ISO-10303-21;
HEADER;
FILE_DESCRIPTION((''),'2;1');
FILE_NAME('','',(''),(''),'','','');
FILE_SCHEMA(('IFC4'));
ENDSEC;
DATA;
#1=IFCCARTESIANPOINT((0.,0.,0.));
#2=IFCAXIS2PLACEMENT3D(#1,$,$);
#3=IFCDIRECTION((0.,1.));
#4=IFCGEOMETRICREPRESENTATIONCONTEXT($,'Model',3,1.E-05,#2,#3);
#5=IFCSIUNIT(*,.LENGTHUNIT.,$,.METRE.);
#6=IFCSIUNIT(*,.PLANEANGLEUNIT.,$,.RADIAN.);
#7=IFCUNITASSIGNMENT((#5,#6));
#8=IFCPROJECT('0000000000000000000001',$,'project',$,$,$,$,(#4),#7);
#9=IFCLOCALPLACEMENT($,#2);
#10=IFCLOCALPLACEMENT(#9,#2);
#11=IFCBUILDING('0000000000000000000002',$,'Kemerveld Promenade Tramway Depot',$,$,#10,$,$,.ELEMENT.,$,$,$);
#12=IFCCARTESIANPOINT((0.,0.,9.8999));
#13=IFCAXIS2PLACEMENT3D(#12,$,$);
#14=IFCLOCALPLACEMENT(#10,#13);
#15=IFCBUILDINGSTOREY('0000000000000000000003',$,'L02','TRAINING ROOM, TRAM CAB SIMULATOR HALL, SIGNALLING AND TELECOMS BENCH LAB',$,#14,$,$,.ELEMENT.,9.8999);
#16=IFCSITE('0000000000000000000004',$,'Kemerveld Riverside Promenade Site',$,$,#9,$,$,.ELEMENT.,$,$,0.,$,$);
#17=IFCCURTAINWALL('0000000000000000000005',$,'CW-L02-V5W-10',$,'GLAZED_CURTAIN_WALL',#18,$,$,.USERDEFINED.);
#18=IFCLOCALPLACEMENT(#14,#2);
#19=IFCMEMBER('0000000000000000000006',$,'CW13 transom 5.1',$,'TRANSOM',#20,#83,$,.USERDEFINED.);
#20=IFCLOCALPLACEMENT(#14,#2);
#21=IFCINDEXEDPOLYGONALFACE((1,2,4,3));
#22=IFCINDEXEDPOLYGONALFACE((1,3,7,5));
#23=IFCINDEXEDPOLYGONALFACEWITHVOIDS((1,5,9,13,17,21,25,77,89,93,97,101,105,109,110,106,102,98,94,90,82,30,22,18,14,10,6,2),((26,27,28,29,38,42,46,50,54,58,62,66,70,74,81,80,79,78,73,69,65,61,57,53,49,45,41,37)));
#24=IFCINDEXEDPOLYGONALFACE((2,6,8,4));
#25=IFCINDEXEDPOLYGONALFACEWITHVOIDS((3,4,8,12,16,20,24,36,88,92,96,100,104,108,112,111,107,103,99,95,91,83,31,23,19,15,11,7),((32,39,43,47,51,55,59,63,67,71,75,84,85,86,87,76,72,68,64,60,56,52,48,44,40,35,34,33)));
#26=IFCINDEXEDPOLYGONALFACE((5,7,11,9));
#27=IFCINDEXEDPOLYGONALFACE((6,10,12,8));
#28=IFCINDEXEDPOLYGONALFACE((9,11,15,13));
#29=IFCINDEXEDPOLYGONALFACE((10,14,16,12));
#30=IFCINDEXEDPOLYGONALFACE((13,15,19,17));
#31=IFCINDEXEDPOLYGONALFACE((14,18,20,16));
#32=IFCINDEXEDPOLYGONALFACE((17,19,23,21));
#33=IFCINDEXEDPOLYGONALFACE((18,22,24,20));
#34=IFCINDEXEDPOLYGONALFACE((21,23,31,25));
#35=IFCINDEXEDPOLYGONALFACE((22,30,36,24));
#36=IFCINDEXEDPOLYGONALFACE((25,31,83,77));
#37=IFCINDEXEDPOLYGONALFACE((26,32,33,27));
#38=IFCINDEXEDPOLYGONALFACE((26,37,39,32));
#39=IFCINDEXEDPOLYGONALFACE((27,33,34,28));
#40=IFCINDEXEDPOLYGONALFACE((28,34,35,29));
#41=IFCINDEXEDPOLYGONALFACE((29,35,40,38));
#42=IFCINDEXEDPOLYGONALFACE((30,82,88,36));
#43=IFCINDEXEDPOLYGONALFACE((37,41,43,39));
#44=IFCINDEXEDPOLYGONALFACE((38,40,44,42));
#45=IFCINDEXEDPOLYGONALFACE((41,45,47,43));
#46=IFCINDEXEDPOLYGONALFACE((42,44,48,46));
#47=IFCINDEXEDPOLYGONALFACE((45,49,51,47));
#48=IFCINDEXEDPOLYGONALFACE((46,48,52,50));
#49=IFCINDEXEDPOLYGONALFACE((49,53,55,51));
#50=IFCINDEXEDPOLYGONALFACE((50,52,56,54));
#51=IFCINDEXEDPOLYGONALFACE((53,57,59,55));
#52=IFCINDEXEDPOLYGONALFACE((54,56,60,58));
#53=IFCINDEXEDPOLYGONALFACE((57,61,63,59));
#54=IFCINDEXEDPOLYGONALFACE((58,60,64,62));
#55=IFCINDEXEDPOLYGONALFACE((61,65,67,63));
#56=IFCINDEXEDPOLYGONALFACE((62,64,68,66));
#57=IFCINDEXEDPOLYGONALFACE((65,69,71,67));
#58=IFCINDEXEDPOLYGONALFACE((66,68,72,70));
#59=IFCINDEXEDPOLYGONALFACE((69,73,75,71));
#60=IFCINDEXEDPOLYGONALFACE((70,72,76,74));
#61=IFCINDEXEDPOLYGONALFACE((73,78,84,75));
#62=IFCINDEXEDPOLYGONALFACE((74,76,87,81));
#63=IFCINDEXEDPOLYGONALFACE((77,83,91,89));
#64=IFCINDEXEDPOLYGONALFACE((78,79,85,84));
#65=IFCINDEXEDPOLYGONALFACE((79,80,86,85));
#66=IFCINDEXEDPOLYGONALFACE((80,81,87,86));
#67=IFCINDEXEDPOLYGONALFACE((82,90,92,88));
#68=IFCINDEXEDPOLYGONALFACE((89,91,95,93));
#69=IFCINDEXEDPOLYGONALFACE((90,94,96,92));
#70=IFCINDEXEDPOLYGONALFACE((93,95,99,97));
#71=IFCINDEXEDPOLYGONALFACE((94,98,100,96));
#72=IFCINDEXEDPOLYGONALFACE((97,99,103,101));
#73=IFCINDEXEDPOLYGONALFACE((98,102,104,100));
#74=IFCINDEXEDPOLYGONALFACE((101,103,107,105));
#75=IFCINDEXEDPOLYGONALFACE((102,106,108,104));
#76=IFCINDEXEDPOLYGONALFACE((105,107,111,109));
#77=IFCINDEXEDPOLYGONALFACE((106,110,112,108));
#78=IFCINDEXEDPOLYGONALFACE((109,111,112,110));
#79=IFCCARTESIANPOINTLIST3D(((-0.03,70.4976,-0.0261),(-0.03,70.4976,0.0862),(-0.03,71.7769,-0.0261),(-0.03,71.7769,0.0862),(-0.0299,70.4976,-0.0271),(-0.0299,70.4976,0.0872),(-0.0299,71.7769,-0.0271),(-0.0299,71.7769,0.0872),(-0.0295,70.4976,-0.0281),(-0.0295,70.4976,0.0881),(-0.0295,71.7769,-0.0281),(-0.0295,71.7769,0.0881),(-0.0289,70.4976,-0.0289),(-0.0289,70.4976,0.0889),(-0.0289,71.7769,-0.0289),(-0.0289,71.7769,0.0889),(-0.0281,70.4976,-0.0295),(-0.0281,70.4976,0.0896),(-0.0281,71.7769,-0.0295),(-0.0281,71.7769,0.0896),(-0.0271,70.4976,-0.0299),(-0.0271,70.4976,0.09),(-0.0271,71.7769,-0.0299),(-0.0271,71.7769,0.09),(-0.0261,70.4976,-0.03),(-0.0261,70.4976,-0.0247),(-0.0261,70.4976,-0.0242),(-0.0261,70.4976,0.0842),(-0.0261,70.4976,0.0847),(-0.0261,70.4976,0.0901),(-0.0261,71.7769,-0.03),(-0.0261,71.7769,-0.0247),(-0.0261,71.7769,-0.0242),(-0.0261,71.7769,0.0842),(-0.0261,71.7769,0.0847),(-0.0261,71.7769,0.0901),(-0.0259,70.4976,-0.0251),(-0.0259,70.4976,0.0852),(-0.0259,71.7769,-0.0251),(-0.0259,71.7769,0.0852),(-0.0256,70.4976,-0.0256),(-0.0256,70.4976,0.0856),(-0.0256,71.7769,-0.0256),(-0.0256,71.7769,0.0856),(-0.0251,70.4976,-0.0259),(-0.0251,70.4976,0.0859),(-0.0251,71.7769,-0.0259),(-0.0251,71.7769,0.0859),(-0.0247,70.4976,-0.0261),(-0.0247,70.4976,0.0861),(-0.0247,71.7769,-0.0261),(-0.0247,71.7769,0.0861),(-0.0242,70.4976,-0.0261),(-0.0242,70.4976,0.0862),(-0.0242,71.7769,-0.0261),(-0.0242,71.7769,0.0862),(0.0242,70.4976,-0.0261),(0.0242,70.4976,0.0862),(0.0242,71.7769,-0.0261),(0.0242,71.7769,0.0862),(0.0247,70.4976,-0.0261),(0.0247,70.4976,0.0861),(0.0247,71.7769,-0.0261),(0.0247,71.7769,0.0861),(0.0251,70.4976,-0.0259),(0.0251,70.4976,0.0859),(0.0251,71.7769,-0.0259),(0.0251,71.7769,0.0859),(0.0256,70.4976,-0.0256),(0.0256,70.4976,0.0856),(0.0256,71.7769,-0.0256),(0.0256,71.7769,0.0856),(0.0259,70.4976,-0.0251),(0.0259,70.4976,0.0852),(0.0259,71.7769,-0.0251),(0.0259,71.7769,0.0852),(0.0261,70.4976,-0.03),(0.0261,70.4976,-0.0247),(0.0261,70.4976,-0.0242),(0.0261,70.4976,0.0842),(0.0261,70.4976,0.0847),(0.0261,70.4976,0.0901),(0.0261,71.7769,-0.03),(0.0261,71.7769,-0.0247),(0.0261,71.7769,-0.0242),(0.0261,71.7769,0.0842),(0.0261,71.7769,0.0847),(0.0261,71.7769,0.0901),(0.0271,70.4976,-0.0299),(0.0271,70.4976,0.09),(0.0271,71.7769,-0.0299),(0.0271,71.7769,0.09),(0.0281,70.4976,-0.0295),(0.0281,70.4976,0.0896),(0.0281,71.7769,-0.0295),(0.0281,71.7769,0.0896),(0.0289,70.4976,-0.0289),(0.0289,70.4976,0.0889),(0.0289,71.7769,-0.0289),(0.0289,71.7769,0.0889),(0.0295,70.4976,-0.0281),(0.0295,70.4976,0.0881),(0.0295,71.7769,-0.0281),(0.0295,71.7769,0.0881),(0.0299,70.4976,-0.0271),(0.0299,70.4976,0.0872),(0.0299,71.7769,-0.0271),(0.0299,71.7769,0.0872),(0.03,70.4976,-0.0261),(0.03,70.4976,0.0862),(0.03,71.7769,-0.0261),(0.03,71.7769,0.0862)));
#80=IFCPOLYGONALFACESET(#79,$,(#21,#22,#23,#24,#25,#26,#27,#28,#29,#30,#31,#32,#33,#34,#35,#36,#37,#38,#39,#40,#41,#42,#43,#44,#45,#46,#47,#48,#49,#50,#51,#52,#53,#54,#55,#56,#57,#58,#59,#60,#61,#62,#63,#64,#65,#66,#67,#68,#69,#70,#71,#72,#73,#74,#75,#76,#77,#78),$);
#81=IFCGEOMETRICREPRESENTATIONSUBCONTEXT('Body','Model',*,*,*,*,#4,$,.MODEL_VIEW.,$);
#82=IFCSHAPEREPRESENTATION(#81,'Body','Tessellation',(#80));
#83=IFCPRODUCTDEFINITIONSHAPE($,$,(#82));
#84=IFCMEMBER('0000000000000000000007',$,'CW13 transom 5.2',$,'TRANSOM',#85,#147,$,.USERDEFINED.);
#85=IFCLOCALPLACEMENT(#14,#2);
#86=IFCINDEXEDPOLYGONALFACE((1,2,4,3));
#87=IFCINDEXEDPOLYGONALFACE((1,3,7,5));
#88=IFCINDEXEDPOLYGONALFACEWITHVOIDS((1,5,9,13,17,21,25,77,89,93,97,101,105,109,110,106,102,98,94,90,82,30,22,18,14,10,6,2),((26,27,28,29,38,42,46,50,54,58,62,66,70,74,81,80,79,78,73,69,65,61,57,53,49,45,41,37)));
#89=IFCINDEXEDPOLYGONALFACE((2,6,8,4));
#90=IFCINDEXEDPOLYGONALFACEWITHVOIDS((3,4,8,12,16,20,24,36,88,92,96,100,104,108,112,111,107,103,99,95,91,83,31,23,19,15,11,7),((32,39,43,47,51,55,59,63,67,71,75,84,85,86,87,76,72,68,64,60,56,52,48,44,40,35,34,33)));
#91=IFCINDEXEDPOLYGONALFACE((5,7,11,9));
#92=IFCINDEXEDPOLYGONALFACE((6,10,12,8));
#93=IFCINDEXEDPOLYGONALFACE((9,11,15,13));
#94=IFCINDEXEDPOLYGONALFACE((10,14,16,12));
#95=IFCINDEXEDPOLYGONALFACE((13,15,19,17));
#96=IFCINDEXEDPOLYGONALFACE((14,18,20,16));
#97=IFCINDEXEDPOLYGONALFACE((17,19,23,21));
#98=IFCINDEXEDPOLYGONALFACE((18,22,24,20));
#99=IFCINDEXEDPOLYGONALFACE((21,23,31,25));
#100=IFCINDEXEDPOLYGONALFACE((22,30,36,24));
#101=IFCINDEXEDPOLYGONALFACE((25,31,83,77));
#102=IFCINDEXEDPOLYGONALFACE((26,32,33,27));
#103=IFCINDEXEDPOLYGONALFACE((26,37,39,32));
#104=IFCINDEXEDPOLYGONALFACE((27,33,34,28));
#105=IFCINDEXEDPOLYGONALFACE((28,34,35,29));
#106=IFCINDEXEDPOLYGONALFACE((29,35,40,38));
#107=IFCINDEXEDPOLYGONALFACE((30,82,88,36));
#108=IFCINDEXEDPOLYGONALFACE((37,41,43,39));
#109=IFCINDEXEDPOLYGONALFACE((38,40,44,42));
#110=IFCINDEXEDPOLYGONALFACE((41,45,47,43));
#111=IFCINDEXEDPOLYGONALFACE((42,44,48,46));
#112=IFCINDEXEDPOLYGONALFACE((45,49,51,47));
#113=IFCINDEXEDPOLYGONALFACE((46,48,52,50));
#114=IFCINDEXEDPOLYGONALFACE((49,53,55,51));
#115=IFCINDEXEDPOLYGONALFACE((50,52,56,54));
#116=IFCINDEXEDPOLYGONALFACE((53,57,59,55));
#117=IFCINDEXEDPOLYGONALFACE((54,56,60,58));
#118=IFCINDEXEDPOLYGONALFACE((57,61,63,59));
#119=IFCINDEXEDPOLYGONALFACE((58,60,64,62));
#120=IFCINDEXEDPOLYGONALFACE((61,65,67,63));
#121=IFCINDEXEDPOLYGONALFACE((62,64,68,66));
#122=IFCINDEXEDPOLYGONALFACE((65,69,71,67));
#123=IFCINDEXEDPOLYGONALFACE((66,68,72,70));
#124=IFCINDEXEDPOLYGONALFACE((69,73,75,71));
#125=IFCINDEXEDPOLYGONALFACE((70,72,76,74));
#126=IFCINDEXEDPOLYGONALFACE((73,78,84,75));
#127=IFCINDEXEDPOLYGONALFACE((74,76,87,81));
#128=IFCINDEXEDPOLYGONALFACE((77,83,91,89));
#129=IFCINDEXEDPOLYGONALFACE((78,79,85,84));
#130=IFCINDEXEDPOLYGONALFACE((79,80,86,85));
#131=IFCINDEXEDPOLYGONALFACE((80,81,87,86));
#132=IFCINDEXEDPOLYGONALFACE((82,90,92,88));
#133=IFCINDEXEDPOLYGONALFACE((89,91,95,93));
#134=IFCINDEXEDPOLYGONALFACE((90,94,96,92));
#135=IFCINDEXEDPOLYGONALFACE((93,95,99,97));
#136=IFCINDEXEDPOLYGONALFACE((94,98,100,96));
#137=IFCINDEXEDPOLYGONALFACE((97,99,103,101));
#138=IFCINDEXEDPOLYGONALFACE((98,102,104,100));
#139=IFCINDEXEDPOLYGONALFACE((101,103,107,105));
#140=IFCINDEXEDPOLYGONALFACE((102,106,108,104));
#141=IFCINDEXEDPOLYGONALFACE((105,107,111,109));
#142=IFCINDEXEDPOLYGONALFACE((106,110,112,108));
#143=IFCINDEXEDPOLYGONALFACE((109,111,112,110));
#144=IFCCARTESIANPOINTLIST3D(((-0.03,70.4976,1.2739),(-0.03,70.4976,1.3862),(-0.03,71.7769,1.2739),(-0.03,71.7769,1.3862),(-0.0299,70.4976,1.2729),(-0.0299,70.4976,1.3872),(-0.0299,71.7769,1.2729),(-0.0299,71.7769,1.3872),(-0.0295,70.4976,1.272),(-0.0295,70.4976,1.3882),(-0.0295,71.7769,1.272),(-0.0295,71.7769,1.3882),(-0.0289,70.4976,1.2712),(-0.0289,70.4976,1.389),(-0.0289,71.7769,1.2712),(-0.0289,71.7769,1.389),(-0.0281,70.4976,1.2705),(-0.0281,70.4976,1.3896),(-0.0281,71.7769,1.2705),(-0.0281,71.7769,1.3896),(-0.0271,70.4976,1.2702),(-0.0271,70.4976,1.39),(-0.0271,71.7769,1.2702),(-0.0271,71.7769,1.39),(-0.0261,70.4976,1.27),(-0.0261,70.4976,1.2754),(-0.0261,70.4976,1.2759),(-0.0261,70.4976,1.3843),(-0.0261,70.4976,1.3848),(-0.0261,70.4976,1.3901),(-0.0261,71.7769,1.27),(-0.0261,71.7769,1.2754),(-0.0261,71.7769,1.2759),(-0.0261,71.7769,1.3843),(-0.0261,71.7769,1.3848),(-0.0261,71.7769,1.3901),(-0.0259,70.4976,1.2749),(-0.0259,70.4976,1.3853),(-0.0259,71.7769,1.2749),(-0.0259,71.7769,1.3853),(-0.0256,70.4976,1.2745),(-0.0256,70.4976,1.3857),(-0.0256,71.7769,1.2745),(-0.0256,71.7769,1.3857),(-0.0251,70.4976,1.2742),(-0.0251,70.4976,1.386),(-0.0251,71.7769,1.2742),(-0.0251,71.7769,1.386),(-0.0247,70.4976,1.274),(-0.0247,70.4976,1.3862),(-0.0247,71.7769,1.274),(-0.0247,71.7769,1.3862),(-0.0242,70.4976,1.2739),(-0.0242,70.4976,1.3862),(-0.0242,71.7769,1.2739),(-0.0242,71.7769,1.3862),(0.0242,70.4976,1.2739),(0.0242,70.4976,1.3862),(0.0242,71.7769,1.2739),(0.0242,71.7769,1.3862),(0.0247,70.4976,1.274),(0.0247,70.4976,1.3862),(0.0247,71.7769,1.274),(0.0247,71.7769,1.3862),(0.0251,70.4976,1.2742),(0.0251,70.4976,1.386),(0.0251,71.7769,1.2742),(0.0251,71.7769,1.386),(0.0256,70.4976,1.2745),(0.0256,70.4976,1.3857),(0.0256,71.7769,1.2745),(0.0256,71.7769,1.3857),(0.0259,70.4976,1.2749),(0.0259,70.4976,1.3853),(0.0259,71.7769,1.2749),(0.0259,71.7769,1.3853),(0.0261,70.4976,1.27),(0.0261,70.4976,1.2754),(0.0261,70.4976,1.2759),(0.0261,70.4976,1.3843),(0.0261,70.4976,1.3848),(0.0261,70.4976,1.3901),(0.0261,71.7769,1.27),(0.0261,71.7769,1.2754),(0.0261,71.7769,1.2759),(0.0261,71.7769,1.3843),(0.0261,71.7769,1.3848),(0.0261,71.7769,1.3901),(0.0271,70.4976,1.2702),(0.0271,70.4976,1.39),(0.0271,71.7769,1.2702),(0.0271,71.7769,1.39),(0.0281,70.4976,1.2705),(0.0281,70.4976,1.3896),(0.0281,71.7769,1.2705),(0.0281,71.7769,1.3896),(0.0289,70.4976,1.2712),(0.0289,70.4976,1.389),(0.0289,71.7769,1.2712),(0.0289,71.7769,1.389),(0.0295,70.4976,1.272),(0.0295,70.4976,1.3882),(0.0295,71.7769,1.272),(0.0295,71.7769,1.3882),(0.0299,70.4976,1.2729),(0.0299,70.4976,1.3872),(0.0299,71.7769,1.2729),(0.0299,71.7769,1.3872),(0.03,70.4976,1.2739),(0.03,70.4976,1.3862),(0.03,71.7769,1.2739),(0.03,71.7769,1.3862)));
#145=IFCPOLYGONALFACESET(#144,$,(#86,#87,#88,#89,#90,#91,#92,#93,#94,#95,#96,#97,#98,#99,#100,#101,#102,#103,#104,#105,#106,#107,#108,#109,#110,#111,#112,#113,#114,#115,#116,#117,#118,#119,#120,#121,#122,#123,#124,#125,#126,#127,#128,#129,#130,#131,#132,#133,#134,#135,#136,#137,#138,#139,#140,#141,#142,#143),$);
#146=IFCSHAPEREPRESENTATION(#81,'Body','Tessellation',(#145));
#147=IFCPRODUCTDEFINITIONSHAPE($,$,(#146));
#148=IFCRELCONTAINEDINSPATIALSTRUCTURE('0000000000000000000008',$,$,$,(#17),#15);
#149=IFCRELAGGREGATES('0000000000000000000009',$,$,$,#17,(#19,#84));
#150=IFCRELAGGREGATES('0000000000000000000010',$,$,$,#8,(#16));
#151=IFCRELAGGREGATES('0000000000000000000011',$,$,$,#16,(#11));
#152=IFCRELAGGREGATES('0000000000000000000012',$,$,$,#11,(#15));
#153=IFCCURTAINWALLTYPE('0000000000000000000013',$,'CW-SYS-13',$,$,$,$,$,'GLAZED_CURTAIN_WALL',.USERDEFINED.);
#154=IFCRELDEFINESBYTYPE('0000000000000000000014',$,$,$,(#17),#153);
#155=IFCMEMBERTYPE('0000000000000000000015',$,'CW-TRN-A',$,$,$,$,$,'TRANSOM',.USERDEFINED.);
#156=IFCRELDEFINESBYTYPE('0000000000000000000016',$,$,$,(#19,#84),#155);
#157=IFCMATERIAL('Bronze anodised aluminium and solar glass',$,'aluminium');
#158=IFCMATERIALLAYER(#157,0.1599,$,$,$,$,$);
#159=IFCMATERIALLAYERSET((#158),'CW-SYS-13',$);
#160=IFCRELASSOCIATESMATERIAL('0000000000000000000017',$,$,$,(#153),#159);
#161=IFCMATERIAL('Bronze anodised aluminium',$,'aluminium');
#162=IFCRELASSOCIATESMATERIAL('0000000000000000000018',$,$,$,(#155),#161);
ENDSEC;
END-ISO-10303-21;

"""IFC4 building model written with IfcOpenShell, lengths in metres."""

from ifc_helpers import new_model, si_unit, direction, frame, origin, origin_2d, place, context, subcontext, project, spatial, hollow_rectangle, extrude, material, layer, layer_set, material_profile, profile_set, type_object, element, aggregate, save


model = new_model("IFC4")

# Units and contexts
model_context = context("Model", 3, precision=1e-05, world=origin(), true_north=direction((0.0, 1.0)))
body_context = subcontext(model_context, "Body", "Model", "MODEL_VIEW")
ifc_project = project(units=[si_unit("LENGTHUNIT", "METRE"), si_unit("PLANEANGLEUNIT", "RADIAN")], contexts=[model_context])

# Site, building, storey
site_placement = place(None, origin())
site = spatial("IfcSite", under=ifc_project, at=site_placement, Name="Kemerveld Riverside Promenade Site", CompositionType="ELEMENT", RefElevation=0.0)
building_placement = place(site_placement, origin())
building = spatial("IfcBuilding", under=site, at=building_placement, Name="Kemerveld Promenade Tramway Depot", CompositionType="ELEMENT")
storey_placement = place(building_placement, frame((0.0, 0.0, 9.8999)))
storey = spatial("IfcBuildingStorey", under=building, at=storey_placement, Name="L02", Description="TRAINING ROOM, TRAM CAB SIMULATOR HALL, SIGNALLING AND TELECOMS BENCH LAB", CompositionType="ELEMENT", Elevation=9.8999)

# Curtain wall, members
ifc_material_1 = material(Name="Bronze anodised aluminium and solar glass", Category="aluminium")
ifc_layer_1 = layer(ifc_material_1, 0.1599)
ifc_layer_set_1 = layer_set([ifc_layer_1], Name="CW-SYS-13")
curtain_wall_type = type_object("IfcCurtainWallType", Name="CW-SYS-13", ElementType="GLAZED_CURTAIN_WALL", PredefinedType="USERDEFINED", material=ifc_layer_set_1)
curtain_wall_placement = place(storey_placement, origin())
curtain_wall = element("IfcCurtainWall", 1, at=curtain_wall_placement, inside=storey, type_object=curtain_wall_type, Name="CW-L02-V5W-10", ObjectType="GLAZED_CURTAIN_WALL", PredefinedType="USERDEFINED")
ifc_material_2 = material(Name="Bronze anodised aluminium", Category="aluminium")
ifc_material_profile_1 = material_profile(ifc_material_2, hollow_rectangle(XDim=0.0601, YDim=0.1201, WallThickness=0.0039, InnerFilletRadius=0.002, OuterFilletRadius=0.0039, at=origin_2d()), Name="CW-TRN-120x60")
ifc_profile_set_1 = profile_set([ifc_material_profile_1], Name="Bronze anodised aluminium")
member_type_1 = type_object("IfcMemberType", Name="CW-TRN-A", ElementType="TRANSOM", PredefinedType="USERDEFINED", material=ifc_profile_set_1)
member_1_placement = place(storey_placement, frame((0.0, 70.4976, 0.03), z_axis=(0.0, 1.0, 0.0), x_axis=(-1.0, 0.0, 0.0)))
member_1 = element("IfcMember", 2, at=member_1_placement, type_object=member_type_1, Name="CW13 transom 5.1", ObjectType="TRANSOM", PredefinedType="USERDEFINED", context=body_context, shape_type="SweptSolid", body=[
    extrude(hollow_rectangle(XDim=0.0601, YDim=0.1201, WallThickness=0.0039, InnerFilletRadius=0.002, OuterFilletRadius=0.0039, at=origin_2d()), origin(), (0.0, 0.0, 1.0), 1.2793),
])
member_2_placement = place(storey_placement, frame((0.0, 70.4976, 1.3301), z_axis=(0.0, 1.0, 0.0), x_axis=(-1.0, 0.0, 0.0)))
member_2 = element("IfcMember", 3, at=member_2_placement, type_object=member_type_1, Name="CW13 transom 5.2", ObjectType="TRANSOM", PredefinedType="USERDEFINED", context=body_context, shape_type="SweptSolid", body=[
    extrude(hollow_rectangle(XDim=0.0601, YDim=0.1201, WallThickness=0.0039, InnerFilletRadius=0.002, OuterFilletRadius=0.0039, at=origin_2d()), origin(), (0.0, 0.0, 1.0), 1.2793),
])
aggregate(curtain_wall, [member_1, member_2])

save(model, "model.ifc")
